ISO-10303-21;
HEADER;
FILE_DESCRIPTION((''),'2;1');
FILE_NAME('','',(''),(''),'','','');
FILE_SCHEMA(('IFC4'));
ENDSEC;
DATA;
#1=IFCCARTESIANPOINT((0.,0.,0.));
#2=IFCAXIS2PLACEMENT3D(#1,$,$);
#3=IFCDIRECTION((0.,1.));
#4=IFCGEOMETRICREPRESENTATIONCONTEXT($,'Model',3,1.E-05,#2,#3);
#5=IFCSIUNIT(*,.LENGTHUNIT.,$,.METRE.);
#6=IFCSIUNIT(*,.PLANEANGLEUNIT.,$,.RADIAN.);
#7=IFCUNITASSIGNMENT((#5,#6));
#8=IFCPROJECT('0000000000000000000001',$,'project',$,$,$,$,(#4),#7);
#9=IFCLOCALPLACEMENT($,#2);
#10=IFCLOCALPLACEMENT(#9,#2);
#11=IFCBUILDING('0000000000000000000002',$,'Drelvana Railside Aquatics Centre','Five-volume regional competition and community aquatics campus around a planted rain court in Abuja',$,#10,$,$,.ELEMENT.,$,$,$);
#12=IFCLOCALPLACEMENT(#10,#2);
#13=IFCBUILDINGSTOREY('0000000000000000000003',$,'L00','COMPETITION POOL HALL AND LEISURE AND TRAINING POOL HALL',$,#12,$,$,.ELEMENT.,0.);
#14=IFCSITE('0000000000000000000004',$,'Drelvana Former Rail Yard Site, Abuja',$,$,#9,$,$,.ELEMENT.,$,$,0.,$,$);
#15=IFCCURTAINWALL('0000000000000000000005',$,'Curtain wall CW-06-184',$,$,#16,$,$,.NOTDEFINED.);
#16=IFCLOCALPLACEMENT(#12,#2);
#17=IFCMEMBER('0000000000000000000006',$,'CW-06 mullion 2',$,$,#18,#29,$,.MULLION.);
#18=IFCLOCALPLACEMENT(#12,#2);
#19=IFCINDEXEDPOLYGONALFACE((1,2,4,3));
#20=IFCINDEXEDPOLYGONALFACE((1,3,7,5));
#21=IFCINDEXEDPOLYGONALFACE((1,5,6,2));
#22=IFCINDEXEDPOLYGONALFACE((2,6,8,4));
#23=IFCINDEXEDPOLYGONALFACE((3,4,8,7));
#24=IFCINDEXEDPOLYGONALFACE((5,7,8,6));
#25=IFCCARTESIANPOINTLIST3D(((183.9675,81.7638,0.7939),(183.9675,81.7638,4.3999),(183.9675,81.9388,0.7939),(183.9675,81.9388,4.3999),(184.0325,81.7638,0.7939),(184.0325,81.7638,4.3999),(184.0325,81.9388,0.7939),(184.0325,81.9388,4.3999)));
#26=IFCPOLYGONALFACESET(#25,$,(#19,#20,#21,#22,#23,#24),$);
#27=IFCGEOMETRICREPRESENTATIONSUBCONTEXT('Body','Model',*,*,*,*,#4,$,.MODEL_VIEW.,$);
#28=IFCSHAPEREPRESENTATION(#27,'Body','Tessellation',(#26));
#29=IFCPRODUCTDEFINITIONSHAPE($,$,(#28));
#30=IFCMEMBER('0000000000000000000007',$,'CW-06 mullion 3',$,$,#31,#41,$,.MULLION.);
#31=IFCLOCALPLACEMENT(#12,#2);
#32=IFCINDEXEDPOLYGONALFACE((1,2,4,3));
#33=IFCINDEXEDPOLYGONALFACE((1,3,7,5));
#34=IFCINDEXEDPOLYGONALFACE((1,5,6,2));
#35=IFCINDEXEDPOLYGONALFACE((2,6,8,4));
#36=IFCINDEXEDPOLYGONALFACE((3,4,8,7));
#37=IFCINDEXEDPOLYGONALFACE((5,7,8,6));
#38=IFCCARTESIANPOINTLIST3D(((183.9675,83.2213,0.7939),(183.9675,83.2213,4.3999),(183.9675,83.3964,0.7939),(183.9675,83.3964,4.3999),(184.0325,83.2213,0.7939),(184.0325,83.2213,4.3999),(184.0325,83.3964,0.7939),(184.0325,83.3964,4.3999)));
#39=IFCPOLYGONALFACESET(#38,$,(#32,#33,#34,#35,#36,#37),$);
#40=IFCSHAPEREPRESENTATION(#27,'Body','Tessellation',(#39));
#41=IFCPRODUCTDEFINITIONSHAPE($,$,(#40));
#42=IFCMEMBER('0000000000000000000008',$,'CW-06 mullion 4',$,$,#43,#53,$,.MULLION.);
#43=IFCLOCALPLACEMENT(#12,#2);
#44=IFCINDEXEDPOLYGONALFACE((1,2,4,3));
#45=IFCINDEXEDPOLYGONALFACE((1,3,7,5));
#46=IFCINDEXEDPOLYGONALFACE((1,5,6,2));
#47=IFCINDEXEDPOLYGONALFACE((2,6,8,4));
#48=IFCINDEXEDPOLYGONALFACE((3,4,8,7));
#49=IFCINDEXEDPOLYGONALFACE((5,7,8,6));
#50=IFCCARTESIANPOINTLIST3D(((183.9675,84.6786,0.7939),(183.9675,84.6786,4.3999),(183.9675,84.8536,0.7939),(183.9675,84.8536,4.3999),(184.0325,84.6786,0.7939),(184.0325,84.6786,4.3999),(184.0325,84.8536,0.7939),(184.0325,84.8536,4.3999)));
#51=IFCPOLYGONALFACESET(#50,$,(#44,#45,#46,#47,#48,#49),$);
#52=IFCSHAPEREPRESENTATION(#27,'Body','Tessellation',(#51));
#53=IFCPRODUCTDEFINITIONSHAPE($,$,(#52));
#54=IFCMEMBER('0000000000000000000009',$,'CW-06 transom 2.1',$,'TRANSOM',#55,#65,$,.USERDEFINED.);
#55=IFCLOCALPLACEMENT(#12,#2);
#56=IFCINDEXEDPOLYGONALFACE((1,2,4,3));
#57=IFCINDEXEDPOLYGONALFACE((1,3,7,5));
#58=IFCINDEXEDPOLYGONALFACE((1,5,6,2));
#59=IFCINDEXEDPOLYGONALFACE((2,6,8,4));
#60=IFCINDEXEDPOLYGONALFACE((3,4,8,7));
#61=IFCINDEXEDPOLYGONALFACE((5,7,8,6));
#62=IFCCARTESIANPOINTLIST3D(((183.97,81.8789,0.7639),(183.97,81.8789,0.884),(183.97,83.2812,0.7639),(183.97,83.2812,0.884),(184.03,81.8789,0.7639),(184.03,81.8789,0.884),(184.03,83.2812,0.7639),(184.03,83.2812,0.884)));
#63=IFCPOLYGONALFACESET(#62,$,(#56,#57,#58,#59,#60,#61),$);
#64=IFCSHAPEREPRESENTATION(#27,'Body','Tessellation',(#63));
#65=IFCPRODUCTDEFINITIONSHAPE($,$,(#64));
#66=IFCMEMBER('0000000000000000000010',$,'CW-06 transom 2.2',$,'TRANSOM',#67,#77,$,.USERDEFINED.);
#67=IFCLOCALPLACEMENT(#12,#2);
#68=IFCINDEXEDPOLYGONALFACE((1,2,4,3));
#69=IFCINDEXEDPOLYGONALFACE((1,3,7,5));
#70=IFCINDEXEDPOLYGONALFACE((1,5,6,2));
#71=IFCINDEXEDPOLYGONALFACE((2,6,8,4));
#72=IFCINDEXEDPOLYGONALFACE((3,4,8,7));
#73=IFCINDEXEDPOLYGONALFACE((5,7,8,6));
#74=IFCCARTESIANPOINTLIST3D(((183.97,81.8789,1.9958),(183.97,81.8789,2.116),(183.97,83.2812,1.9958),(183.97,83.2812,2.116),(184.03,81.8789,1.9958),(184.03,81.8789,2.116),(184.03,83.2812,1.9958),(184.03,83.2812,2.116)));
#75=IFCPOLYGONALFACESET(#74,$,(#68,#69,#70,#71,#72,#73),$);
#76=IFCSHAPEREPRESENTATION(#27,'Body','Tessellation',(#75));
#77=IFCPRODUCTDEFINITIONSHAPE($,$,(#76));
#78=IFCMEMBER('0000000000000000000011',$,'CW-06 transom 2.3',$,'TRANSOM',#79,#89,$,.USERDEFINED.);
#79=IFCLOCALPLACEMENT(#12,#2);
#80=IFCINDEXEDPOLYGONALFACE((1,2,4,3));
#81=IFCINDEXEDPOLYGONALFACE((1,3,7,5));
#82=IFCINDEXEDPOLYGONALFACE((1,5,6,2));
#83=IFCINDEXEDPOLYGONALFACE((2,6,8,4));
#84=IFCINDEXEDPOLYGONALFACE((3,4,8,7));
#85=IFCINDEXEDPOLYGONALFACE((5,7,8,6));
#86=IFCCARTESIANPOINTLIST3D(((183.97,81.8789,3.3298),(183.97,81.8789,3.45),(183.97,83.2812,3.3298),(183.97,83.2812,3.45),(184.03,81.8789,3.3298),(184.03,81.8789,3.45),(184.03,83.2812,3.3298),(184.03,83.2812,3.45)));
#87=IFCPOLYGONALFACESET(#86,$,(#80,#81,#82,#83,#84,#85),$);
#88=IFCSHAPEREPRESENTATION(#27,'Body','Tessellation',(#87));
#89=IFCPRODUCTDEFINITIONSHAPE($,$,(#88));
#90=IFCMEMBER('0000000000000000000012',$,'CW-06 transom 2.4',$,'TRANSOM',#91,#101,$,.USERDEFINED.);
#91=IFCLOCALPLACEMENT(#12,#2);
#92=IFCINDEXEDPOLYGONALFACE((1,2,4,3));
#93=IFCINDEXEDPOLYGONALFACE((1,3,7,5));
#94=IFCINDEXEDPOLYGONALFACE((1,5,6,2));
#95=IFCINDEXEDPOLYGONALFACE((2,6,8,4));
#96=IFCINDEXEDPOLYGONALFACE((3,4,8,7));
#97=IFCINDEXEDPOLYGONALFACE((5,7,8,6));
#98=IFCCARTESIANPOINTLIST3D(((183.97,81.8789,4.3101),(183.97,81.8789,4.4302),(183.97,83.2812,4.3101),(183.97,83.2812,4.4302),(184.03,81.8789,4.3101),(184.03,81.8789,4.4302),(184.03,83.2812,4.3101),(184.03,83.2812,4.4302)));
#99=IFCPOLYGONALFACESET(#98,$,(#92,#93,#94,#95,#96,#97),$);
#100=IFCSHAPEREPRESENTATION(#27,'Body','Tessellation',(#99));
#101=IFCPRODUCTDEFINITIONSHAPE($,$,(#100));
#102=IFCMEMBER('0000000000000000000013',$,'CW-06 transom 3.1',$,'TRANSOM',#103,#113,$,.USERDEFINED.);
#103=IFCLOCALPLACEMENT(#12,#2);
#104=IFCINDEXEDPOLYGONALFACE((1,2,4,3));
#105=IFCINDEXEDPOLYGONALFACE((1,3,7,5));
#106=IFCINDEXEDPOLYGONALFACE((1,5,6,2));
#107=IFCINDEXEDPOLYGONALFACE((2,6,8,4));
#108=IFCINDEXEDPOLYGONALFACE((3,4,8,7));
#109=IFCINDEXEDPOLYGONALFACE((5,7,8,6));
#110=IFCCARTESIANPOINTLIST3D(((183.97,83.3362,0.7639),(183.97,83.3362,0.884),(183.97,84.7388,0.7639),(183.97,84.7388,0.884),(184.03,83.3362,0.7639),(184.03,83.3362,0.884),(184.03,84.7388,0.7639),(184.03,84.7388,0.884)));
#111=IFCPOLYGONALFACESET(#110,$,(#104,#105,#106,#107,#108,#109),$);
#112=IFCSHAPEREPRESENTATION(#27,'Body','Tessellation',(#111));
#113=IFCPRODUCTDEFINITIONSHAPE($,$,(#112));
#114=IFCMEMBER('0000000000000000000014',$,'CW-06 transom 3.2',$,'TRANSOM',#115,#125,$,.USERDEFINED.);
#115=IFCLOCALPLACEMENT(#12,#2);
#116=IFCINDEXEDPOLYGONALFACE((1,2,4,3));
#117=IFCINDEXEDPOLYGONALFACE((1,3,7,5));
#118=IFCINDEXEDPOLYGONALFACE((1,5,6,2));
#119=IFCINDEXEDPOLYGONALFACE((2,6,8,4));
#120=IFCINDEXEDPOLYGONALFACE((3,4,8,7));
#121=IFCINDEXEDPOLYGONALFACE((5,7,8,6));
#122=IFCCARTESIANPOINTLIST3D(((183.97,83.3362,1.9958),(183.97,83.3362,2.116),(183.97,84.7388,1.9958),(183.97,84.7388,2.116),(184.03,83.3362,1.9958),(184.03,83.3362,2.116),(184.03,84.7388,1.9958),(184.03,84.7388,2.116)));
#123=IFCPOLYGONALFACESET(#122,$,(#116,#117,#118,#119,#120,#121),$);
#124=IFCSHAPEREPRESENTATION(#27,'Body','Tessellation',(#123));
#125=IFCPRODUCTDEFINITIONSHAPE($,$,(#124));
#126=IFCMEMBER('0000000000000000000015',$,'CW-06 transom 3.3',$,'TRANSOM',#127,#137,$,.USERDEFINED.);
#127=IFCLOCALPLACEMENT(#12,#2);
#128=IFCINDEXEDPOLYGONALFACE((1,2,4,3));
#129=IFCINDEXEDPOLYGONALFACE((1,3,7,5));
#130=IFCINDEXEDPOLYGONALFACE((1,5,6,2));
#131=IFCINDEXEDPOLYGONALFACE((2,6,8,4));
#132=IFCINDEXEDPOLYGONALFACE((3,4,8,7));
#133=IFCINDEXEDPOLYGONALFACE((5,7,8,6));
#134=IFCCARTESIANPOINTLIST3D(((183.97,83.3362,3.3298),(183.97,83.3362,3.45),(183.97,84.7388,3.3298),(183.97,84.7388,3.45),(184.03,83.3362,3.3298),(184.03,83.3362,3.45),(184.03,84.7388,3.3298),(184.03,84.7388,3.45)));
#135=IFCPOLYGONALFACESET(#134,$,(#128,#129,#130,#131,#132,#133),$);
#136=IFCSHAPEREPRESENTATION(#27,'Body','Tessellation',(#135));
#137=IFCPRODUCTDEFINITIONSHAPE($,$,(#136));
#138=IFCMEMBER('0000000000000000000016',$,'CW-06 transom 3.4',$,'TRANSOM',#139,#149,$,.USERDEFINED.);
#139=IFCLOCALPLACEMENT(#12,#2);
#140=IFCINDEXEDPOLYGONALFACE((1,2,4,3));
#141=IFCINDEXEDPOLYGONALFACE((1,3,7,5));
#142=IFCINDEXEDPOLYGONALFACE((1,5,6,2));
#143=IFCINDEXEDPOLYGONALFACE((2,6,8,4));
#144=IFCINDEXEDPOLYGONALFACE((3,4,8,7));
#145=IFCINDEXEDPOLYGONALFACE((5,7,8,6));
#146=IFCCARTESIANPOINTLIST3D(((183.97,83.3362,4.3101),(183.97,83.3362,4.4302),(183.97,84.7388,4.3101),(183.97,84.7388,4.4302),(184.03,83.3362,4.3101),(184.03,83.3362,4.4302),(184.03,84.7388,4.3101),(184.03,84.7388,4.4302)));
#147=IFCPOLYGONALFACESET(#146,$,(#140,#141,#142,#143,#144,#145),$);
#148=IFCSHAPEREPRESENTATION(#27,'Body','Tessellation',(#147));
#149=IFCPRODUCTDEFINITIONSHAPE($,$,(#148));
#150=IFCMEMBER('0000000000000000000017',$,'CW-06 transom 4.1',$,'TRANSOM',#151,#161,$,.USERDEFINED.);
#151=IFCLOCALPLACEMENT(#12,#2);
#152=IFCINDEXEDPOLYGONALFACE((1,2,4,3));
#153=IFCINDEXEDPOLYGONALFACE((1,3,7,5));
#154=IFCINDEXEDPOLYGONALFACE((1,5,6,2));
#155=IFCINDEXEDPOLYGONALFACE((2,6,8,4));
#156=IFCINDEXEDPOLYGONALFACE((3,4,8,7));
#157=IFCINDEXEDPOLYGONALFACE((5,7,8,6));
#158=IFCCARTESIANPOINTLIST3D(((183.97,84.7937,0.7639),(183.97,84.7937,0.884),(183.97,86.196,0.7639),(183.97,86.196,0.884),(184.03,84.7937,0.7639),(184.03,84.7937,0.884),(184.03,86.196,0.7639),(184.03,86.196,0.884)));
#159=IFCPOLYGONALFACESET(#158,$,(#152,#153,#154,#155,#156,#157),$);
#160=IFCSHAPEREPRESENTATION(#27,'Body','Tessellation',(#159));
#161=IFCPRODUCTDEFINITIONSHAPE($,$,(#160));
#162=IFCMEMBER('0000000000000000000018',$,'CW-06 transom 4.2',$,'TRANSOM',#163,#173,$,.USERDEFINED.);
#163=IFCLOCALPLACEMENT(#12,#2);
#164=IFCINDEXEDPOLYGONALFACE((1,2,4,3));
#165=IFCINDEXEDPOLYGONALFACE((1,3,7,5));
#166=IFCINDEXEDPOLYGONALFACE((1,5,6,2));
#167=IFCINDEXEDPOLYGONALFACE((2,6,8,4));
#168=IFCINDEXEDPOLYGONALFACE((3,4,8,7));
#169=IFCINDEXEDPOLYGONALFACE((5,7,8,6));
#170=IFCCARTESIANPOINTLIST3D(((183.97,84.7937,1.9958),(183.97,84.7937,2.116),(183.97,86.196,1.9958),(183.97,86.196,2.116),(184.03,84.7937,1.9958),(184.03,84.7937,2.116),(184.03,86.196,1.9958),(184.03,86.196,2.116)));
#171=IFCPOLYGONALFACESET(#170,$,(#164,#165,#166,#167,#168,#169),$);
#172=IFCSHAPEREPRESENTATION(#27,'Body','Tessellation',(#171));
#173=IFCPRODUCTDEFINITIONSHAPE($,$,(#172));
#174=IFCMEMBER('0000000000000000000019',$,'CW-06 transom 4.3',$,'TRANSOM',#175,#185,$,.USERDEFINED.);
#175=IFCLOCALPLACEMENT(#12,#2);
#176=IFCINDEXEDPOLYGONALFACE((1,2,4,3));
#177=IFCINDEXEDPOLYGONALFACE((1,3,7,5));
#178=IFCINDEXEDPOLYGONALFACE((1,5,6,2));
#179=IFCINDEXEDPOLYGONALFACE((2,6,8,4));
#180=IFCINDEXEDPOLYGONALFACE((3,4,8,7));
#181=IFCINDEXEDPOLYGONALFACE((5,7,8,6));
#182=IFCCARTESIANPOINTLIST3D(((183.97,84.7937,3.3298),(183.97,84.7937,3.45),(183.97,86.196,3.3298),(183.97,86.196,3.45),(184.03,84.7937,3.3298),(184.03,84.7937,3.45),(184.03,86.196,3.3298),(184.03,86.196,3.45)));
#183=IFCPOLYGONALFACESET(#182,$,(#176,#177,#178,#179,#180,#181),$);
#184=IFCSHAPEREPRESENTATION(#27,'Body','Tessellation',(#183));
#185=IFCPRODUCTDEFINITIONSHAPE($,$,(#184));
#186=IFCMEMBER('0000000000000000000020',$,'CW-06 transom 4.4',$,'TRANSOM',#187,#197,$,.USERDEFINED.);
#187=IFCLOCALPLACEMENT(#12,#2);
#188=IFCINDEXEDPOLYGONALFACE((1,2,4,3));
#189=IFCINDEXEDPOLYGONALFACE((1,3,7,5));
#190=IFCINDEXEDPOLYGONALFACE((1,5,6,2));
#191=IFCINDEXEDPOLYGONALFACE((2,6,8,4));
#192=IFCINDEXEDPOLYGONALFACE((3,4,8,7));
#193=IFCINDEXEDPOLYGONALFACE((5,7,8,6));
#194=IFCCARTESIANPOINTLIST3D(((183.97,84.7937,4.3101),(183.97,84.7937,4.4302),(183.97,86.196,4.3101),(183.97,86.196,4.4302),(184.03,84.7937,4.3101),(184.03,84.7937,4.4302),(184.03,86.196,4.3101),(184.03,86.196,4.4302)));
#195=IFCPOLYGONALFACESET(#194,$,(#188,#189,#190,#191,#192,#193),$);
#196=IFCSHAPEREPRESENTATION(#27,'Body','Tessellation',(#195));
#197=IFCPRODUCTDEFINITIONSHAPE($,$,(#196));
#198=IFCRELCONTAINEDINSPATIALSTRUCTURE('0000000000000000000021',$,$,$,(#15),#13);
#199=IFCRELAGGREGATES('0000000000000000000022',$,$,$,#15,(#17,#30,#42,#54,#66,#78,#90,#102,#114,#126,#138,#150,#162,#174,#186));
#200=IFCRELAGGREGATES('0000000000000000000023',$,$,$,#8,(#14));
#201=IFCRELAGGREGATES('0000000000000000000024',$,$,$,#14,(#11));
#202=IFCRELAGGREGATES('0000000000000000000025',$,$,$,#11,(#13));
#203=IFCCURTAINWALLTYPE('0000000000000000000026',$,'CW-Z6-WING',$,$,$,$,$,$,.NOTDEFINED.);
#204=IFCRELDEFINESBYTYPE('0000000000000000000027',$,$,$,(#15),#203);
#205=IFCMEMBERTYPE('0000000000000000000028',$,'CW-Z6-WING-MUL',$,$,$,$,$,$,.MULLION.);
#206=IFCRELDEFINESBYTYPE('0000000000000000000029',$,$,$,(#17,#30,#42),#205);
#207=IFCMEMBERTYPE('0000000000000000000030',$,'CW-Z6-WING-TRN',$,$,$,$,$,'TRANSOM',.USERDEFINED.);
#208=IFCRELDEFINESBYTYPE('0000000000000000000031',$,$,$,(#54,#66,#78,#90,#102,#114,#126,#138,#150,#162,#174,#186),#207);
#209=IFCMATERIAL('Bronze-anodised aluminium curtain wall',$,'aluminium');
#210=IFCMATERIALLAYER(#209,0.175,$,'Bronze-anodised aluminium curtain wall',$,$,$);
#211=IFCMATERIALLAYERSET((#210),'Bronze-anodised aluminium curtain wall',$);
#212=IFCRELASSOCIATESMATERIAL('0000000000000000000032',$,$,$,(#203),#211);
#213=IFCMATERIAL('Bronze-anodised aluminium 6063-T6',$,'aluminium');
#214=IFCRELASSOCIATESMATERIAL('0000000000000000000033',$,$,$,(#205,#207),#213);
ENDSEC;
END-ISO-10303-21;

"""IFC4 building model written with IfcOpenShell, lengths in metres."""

from ifc_helpers import new_model, si_unit, direction, frame, origin, origin_2d, place, context, subcontext, project, spatial, rectangle, extrude, material, layer, layer_set, material_profile, profile_set, type_object, element, aggregate, save


model = new_model("IFC4")

# Units and contexts
model_context = context("Model", 3, precision=1e-05, world=origin(), true_north=direction((0.0, 1.0)))
body_context = subcontext(model_context, "Body", "Model", "MODEL_VIEW")
ifc_project = project(units=[si_unit("LENGTHUNIT", "METRE"), si_unit("PLANEANGLEUNIT", "RADIAN")], contexts=[model_context])

# Site, building, storey
site_placement = place(None, origin())
site = spatial("IfcSite", under=ifc_project, at=site_placement, Name="Drelvana Former Rail Yard Site, Abuja", CompositionType="ELEMENT", RefElevation=0.0)
building_placement = place(site_placement, origin())
building = spatial("IfcBuilding", under=site, at=building_placement, Name="Drelvana Railside Aquatics Centre", Description="Five-volume regional competition and community aquatics campus around a planted rain court in Abuja", CompositionType="ELEMENT")
storey_placement = place(building_placement, origin())
storey = spatial("IfcBuildingStorey", under=building, at=storey_placement, Name="L00", Description="COMPETITION POOL HALL AND LEISURE AND TRAINING POOL HALL", CompositionType="ELEMENT", Elevation=0.0)

# Curtain wall, members
ifc_material_1 = material(Name="Bronze-anodised aluminium curtain wall", Category="aluminium")
ifc_layer_1 = layer(ifc_material_1, 0.175, Name="Bronze-anodised aluminium curtain wall")
ifc_layer_set_1 = layer_set([ifc_layer_1], Name="Bronze-anodised aluminium curtain wall")
curtain_wall_type = type_object("IfcCurtainWallType", Name="CW-Z6-WING", PredefinedType="NOTDEFINED", material=ifc_layer_set_1)
curtain_wall_placement = place(storey_placement, origin())
curtain_wall = element("IfcCurtainWall", 1, at=curtain_wall_placement, inside=storey, type_object=curtain_wall_type, Name="Curtain wall CW-06-184", PredefinedType="NOTDEFINED")
ifc_material_2 = material(Name="Bronze-anodised aluminium 6063-T6", Category="aluminium")
ifc_material_profile_1 = material_profile(ifc_material_2, rectangle(XDim=0.0649, YDim=0.175, at=origin_2d()), Name="ALU-M 65x175")
ifc_profile_set_1 = profile_set([ifc_material_profile_1], Name="Bronze-anodised aluminium 6063-T6")
member_type_1 = type_object("IfcMemberType", Name="CW-Z6-WING-MUL", PredefinedType="MULLION", material=ifc_profile_set_1)
member_1_placement = place(storey_placement, frame((184.0, 81.8513, 0.7939), z_axis=(0.0, 0.0, 1.0), x_axis=(-1.0, 0.0, 0.0)))
member_1 = element("IfcMember", 2, at=member_1_placement, type_object=member_type_1, Name="CW-06 mullion 2", PredefinedType="MULLION", context=body_context, shape_type="SweptSolid", body=[
    extrude(rectangle(XDim=0.0649, YDim=0.175, at=origin_2d()), origin(), (0.0, 0.0, 1.0), 3.606),
])
member_2_placement = place(storey_placement, frame((184.0, 83.3088, 0.7939), z_axis=(0.0, 0.0, 1.0), x_axis=(-1.0, 0.0, 0.0)))
member_2 = element("IfcMember", 3, at=member_2_placement, type_object=member_type_1, Name="CW-06 mullion 3", PredefinedType="MULLION", context=body_context, shape_type="SweptSolid", body=[
    extrude(rectangle(XDim=0.0649, YDim=0.175, at=origin_2d()), origin(), (0.0, 0.0, 1.0), 3.606),
])
member_3_placement = place(storey_placement, frame((184.0, 84.7661, 0.7939), z_axis=(0.0, 0.0, 1.0), x_axis=(-1.0, 0.0, 0.0)))
member_3 = element("IfcMember", 4, at=member_3_placement, type_object=member_type_1, Name="CW-06 mullion 4", PredefinedType="MULLION", context=body_context, shape_type="SweptSolid", body=[
    extrude(rectangle(XDim=0.0649, YDim=0.175, at=origin_2d()), origin(), (0.0, 0.0, 1.0), 3.606),
])
ifc_material_profile_2 = material_profile(ifc_material_2, rectangle(XDim=0.1201, YDim=0.0601, at=origin_2d()), Name="ALU-T 60x120")
ifc_profile_set_2 = profile_set([ifc_material_profile_2], Name="Bronze-anodised aluminium 6063-T6")
member_type_2 = type_object("IfcMemberType", Name="CW-Z6-WING-TRN", ElementType="TRANSOM", PredefinedType="USERDEFINED", material=ifc_profile_set_2)
member_4_placement = place(storey_placement, frame((184.0, 81.8789, 0.824), z_axis=(0.0, 1.0, 0.0), x_axis=(0.0, 0.0, 1.0)))
member_4 = element("IfcMember", 5, at=member_4_placement, type_object=member_type_2, Name="CW-06 transom 2.1", ObjectType="TRANSOM", PredefinedType="USERDEFINED", context=body_context, shape_type="SweptSolid", body=[
    extrude(rectangle(XDim=0.1201, YDim=0.0601, at=origin_2d()), origin(), (0.0, 0.0, 1.0), 1.4023),
])
member_5_placement = place(storey_placement, frame((184.0, 81.8789, 2.0559), z_axis=(0.0, 1.0, 0.0), x_axis=(0.0, 0.0, 1.0)))
member_5 = element("IfcMember", 6, at=member_5_placement, type_object=member_type_2, Name="CW-06 transom 2.2", ObjectType="TRANSOM", PredefinedType="USERDEFINED", context=body_context, shape_type="SweptSolid", body=[
    extrude(rectangle(XDim=0.1201, YDim=0.0601, at=origin_2d()), origin(), (0.0, 0.0, 1.0), 1.4023),
])
member_6_placement = place(storey_placement, frame((184.0, 81.8789, 3.3899), z_axis=(0.0, 1.0, 0.0), x_axis=(0.0, 0.0, 1.0)))
member_6 = element("IfcMember", 7, at=member_6_placement, type_object=member_type_2, Name="CW-06 transom 2.3", ObjectType="TRANSOM", PredefinedType="USERDEFINED", context=body_context, shape_type="SweptSolid", body=[
    extrude(rectangle(XDim=0.1201, YDim=0.0601, at=origin_2d()), origin(), (0.0, 0.0, 1.0), 1.4023),
])
member_7_placement = place(storey_placement, frame((184.0, 81.8789, 4.3701), z_axis=(0.0, 1.0, 0.0), x_axis=(0.0, 0.0, 1.0)))
member_7 = element("IfcMember", 8, at=member_7_placement, type_object=member_type_2, Name="CW-06 transom 2.4", ObjectType="TRANSOM", PredefinedType="USERDEFINED", context=body_context, shape_type="SweptSolid", body=[
    extrude(rectangle(XDim=0.1201, YDim=0.0601, at=origin_2d()), origin(), (0.0, 0.0, 1.0), 1.4023),
])
member_8_placement = place(storey_placement, frame((184.0, 83.3362, 0.824), z_axis=(0.0, 1.0, 0.0), x_axis=(0.0, 0.0, 1.0)))
member_8 = element("IfcMember", 9, at=member_8_placement, type_object=member_type_2, Name="CW-06 transom 3.1", ObjectType="TRANSOM", PredefinedType="USERDEFINED", context=body_context, shape_type="SweptSolid", body=[
    extrude(rectangle(XDim=0.1201, YDim=0.0601, at=origin_2d()), origin(), (0.0, 0.0, 1.0), 1.4026),
])
member_9_placement = place(storey_placement, frame((184.0, 83.3362, 2.0559), z_axis=(0.0, 1.0, 0.0), x_axis=(0.0, 0.0, 1.0)))
member_9 = element("IfcMember", 10, at=member_9_placement, type_object=member_type_2, Name="CW-06 transom 3.2", ObjectType="TRANSOM", PredefinedType="USERDEFINED", context=body_context, shape_type="SweptSolid", body=[
    extrude(rectangle(XDim=0.1201, YDim=0.0601, at=origin_2d()), origin(), (0.0, 0.0, 1.0), 1.4026),
])
member_10_placement = place(storey_placement, frame((184.0, 83.3362, 3.3899), z_axis=(0.0, 1.0, 0.0), x_axis=(0.0, 0.0, 1.0)))
member_10 = element("IfcMember", 11, at=member_10_placement, type_object=member_type_2, Name="CW-06 transom 3.3", ObjectType="TRANSOM", PredefinedType="USERDEFINED", context=body_context, shape_type="SweptSolid", body=[
    extrude(rectangle(XDim=0.1201, YDim=0.0601, at=origin_2d()), origin(), (0.0, 0.0, 1.0), 1.4026),
])
member_11_placement = place(storey_placement, frame((184.0, 83.3362, 4.3701), z_axis=(0.0, 1.0, 0.0), x_axis=(0.0, 0.0, 1.0)))
member_11 = element("IfcMember", 12, at=member_11_placement, type_object=member_type_2, Name="CW-06 transom 3.4", ObjectType="TRANSOM", PredefinedType="USERDEFINED", context=body_context, shape_type="SweptSolid", body=[
    extrude(rectangle(XDim=0.1201, YDim=0.0601, at=origin_2d()), origin(), (0.0, 0.0, 1.0), 1.4026),
])
member_12_placement = place(storey_placement, frame((184.0, 84.7937, 0.824), z_axis=(0.0, 1.0, 0.0), x_axis=(0.0, 0.0, 1.0)))
member_12 = element("IfcMember", 13, at=member_12_placement, type_object=member_type_2, Name="CW-06 transom 4.1", ObjectType="TRANSOM", PredefinedType="USERDEFINED", context=body_context, shape_type="SweptSolid", body=[
    extrude(rectangle(XDim=0.1201, YDim=0.0601, at=origin_2d()), origin(), (0.0, 0.0, 1.0), 1.4023),
])
member_13_placement = place(storey_placement, frame((184.0, 84.7937, 2.0559), z_axis=(0.0, 1.0, 0.0), x_axis=(0.0, 0.0, 1.0)))
member_13 = element("IfcMember", 14, at=member_13_placement, type_object=member_type_2, Name="CW-06 transom 4.2", ObjectType="TRANSOM", PredefinedType="USERDEFINED", context=body_context, shape_type="SweptSolid", body=[
    extrude(rectangle(XDim=0.1201, YDim=0.0601, at=origin_2d()), origin(), (0.0, 0.0, 1.0), 1.4023),
])
member_14_placement = place(storey_placement, frame((184.0, 84.7937, 3.3899), z_axis=(0.0, 1.0, 0.0), x_axis=(0.0, 0.0, 1.0)))
member_14 = element("IfcMember", 15, at=member_14_placement, type_object=member_type_2, Name="CW-06 transom 4.3", ObjectType="TRANSOM", PredefinedType="USERDEFINED", context=body_context, shape_type="SweptSolid", body=[
    extrude(rectangle(XDim=0.1201, YDim=0.0601, at=origin_2d()), origin(), (0.0, 0.0, 1.0), 1.4023),
])
member_15_placement = place(storey_placement, frame((184.0, 84.7937, 4.3701), z_axis=(0.0, 1.0, 0.0), x_axis=(0.0, 0.0, 1.0)))
member_15 = element("IfcMember", 16, at=member_15_placement, type_object=member_type_2, Name="CW-06 transom 4.4", ObjectType="TRANSOM", PredefinedType="USERDEFINED", context=body_context, shape_type="SweptSolid", body=[
    extrude(rectangle(XDim=0.1201, YDim=0.0601, at=origin_2d()), origin(), (0.0, 0.0, 1.0), 1.4023),
])
aggregate(curtain_wall, [member_1, member_2, member_3, member_4, member_5, member_6, member_7, member_8, member_9, member_10, member_11, member_12, member_13, member_14, member_15])

save(model, "model.ifc")
